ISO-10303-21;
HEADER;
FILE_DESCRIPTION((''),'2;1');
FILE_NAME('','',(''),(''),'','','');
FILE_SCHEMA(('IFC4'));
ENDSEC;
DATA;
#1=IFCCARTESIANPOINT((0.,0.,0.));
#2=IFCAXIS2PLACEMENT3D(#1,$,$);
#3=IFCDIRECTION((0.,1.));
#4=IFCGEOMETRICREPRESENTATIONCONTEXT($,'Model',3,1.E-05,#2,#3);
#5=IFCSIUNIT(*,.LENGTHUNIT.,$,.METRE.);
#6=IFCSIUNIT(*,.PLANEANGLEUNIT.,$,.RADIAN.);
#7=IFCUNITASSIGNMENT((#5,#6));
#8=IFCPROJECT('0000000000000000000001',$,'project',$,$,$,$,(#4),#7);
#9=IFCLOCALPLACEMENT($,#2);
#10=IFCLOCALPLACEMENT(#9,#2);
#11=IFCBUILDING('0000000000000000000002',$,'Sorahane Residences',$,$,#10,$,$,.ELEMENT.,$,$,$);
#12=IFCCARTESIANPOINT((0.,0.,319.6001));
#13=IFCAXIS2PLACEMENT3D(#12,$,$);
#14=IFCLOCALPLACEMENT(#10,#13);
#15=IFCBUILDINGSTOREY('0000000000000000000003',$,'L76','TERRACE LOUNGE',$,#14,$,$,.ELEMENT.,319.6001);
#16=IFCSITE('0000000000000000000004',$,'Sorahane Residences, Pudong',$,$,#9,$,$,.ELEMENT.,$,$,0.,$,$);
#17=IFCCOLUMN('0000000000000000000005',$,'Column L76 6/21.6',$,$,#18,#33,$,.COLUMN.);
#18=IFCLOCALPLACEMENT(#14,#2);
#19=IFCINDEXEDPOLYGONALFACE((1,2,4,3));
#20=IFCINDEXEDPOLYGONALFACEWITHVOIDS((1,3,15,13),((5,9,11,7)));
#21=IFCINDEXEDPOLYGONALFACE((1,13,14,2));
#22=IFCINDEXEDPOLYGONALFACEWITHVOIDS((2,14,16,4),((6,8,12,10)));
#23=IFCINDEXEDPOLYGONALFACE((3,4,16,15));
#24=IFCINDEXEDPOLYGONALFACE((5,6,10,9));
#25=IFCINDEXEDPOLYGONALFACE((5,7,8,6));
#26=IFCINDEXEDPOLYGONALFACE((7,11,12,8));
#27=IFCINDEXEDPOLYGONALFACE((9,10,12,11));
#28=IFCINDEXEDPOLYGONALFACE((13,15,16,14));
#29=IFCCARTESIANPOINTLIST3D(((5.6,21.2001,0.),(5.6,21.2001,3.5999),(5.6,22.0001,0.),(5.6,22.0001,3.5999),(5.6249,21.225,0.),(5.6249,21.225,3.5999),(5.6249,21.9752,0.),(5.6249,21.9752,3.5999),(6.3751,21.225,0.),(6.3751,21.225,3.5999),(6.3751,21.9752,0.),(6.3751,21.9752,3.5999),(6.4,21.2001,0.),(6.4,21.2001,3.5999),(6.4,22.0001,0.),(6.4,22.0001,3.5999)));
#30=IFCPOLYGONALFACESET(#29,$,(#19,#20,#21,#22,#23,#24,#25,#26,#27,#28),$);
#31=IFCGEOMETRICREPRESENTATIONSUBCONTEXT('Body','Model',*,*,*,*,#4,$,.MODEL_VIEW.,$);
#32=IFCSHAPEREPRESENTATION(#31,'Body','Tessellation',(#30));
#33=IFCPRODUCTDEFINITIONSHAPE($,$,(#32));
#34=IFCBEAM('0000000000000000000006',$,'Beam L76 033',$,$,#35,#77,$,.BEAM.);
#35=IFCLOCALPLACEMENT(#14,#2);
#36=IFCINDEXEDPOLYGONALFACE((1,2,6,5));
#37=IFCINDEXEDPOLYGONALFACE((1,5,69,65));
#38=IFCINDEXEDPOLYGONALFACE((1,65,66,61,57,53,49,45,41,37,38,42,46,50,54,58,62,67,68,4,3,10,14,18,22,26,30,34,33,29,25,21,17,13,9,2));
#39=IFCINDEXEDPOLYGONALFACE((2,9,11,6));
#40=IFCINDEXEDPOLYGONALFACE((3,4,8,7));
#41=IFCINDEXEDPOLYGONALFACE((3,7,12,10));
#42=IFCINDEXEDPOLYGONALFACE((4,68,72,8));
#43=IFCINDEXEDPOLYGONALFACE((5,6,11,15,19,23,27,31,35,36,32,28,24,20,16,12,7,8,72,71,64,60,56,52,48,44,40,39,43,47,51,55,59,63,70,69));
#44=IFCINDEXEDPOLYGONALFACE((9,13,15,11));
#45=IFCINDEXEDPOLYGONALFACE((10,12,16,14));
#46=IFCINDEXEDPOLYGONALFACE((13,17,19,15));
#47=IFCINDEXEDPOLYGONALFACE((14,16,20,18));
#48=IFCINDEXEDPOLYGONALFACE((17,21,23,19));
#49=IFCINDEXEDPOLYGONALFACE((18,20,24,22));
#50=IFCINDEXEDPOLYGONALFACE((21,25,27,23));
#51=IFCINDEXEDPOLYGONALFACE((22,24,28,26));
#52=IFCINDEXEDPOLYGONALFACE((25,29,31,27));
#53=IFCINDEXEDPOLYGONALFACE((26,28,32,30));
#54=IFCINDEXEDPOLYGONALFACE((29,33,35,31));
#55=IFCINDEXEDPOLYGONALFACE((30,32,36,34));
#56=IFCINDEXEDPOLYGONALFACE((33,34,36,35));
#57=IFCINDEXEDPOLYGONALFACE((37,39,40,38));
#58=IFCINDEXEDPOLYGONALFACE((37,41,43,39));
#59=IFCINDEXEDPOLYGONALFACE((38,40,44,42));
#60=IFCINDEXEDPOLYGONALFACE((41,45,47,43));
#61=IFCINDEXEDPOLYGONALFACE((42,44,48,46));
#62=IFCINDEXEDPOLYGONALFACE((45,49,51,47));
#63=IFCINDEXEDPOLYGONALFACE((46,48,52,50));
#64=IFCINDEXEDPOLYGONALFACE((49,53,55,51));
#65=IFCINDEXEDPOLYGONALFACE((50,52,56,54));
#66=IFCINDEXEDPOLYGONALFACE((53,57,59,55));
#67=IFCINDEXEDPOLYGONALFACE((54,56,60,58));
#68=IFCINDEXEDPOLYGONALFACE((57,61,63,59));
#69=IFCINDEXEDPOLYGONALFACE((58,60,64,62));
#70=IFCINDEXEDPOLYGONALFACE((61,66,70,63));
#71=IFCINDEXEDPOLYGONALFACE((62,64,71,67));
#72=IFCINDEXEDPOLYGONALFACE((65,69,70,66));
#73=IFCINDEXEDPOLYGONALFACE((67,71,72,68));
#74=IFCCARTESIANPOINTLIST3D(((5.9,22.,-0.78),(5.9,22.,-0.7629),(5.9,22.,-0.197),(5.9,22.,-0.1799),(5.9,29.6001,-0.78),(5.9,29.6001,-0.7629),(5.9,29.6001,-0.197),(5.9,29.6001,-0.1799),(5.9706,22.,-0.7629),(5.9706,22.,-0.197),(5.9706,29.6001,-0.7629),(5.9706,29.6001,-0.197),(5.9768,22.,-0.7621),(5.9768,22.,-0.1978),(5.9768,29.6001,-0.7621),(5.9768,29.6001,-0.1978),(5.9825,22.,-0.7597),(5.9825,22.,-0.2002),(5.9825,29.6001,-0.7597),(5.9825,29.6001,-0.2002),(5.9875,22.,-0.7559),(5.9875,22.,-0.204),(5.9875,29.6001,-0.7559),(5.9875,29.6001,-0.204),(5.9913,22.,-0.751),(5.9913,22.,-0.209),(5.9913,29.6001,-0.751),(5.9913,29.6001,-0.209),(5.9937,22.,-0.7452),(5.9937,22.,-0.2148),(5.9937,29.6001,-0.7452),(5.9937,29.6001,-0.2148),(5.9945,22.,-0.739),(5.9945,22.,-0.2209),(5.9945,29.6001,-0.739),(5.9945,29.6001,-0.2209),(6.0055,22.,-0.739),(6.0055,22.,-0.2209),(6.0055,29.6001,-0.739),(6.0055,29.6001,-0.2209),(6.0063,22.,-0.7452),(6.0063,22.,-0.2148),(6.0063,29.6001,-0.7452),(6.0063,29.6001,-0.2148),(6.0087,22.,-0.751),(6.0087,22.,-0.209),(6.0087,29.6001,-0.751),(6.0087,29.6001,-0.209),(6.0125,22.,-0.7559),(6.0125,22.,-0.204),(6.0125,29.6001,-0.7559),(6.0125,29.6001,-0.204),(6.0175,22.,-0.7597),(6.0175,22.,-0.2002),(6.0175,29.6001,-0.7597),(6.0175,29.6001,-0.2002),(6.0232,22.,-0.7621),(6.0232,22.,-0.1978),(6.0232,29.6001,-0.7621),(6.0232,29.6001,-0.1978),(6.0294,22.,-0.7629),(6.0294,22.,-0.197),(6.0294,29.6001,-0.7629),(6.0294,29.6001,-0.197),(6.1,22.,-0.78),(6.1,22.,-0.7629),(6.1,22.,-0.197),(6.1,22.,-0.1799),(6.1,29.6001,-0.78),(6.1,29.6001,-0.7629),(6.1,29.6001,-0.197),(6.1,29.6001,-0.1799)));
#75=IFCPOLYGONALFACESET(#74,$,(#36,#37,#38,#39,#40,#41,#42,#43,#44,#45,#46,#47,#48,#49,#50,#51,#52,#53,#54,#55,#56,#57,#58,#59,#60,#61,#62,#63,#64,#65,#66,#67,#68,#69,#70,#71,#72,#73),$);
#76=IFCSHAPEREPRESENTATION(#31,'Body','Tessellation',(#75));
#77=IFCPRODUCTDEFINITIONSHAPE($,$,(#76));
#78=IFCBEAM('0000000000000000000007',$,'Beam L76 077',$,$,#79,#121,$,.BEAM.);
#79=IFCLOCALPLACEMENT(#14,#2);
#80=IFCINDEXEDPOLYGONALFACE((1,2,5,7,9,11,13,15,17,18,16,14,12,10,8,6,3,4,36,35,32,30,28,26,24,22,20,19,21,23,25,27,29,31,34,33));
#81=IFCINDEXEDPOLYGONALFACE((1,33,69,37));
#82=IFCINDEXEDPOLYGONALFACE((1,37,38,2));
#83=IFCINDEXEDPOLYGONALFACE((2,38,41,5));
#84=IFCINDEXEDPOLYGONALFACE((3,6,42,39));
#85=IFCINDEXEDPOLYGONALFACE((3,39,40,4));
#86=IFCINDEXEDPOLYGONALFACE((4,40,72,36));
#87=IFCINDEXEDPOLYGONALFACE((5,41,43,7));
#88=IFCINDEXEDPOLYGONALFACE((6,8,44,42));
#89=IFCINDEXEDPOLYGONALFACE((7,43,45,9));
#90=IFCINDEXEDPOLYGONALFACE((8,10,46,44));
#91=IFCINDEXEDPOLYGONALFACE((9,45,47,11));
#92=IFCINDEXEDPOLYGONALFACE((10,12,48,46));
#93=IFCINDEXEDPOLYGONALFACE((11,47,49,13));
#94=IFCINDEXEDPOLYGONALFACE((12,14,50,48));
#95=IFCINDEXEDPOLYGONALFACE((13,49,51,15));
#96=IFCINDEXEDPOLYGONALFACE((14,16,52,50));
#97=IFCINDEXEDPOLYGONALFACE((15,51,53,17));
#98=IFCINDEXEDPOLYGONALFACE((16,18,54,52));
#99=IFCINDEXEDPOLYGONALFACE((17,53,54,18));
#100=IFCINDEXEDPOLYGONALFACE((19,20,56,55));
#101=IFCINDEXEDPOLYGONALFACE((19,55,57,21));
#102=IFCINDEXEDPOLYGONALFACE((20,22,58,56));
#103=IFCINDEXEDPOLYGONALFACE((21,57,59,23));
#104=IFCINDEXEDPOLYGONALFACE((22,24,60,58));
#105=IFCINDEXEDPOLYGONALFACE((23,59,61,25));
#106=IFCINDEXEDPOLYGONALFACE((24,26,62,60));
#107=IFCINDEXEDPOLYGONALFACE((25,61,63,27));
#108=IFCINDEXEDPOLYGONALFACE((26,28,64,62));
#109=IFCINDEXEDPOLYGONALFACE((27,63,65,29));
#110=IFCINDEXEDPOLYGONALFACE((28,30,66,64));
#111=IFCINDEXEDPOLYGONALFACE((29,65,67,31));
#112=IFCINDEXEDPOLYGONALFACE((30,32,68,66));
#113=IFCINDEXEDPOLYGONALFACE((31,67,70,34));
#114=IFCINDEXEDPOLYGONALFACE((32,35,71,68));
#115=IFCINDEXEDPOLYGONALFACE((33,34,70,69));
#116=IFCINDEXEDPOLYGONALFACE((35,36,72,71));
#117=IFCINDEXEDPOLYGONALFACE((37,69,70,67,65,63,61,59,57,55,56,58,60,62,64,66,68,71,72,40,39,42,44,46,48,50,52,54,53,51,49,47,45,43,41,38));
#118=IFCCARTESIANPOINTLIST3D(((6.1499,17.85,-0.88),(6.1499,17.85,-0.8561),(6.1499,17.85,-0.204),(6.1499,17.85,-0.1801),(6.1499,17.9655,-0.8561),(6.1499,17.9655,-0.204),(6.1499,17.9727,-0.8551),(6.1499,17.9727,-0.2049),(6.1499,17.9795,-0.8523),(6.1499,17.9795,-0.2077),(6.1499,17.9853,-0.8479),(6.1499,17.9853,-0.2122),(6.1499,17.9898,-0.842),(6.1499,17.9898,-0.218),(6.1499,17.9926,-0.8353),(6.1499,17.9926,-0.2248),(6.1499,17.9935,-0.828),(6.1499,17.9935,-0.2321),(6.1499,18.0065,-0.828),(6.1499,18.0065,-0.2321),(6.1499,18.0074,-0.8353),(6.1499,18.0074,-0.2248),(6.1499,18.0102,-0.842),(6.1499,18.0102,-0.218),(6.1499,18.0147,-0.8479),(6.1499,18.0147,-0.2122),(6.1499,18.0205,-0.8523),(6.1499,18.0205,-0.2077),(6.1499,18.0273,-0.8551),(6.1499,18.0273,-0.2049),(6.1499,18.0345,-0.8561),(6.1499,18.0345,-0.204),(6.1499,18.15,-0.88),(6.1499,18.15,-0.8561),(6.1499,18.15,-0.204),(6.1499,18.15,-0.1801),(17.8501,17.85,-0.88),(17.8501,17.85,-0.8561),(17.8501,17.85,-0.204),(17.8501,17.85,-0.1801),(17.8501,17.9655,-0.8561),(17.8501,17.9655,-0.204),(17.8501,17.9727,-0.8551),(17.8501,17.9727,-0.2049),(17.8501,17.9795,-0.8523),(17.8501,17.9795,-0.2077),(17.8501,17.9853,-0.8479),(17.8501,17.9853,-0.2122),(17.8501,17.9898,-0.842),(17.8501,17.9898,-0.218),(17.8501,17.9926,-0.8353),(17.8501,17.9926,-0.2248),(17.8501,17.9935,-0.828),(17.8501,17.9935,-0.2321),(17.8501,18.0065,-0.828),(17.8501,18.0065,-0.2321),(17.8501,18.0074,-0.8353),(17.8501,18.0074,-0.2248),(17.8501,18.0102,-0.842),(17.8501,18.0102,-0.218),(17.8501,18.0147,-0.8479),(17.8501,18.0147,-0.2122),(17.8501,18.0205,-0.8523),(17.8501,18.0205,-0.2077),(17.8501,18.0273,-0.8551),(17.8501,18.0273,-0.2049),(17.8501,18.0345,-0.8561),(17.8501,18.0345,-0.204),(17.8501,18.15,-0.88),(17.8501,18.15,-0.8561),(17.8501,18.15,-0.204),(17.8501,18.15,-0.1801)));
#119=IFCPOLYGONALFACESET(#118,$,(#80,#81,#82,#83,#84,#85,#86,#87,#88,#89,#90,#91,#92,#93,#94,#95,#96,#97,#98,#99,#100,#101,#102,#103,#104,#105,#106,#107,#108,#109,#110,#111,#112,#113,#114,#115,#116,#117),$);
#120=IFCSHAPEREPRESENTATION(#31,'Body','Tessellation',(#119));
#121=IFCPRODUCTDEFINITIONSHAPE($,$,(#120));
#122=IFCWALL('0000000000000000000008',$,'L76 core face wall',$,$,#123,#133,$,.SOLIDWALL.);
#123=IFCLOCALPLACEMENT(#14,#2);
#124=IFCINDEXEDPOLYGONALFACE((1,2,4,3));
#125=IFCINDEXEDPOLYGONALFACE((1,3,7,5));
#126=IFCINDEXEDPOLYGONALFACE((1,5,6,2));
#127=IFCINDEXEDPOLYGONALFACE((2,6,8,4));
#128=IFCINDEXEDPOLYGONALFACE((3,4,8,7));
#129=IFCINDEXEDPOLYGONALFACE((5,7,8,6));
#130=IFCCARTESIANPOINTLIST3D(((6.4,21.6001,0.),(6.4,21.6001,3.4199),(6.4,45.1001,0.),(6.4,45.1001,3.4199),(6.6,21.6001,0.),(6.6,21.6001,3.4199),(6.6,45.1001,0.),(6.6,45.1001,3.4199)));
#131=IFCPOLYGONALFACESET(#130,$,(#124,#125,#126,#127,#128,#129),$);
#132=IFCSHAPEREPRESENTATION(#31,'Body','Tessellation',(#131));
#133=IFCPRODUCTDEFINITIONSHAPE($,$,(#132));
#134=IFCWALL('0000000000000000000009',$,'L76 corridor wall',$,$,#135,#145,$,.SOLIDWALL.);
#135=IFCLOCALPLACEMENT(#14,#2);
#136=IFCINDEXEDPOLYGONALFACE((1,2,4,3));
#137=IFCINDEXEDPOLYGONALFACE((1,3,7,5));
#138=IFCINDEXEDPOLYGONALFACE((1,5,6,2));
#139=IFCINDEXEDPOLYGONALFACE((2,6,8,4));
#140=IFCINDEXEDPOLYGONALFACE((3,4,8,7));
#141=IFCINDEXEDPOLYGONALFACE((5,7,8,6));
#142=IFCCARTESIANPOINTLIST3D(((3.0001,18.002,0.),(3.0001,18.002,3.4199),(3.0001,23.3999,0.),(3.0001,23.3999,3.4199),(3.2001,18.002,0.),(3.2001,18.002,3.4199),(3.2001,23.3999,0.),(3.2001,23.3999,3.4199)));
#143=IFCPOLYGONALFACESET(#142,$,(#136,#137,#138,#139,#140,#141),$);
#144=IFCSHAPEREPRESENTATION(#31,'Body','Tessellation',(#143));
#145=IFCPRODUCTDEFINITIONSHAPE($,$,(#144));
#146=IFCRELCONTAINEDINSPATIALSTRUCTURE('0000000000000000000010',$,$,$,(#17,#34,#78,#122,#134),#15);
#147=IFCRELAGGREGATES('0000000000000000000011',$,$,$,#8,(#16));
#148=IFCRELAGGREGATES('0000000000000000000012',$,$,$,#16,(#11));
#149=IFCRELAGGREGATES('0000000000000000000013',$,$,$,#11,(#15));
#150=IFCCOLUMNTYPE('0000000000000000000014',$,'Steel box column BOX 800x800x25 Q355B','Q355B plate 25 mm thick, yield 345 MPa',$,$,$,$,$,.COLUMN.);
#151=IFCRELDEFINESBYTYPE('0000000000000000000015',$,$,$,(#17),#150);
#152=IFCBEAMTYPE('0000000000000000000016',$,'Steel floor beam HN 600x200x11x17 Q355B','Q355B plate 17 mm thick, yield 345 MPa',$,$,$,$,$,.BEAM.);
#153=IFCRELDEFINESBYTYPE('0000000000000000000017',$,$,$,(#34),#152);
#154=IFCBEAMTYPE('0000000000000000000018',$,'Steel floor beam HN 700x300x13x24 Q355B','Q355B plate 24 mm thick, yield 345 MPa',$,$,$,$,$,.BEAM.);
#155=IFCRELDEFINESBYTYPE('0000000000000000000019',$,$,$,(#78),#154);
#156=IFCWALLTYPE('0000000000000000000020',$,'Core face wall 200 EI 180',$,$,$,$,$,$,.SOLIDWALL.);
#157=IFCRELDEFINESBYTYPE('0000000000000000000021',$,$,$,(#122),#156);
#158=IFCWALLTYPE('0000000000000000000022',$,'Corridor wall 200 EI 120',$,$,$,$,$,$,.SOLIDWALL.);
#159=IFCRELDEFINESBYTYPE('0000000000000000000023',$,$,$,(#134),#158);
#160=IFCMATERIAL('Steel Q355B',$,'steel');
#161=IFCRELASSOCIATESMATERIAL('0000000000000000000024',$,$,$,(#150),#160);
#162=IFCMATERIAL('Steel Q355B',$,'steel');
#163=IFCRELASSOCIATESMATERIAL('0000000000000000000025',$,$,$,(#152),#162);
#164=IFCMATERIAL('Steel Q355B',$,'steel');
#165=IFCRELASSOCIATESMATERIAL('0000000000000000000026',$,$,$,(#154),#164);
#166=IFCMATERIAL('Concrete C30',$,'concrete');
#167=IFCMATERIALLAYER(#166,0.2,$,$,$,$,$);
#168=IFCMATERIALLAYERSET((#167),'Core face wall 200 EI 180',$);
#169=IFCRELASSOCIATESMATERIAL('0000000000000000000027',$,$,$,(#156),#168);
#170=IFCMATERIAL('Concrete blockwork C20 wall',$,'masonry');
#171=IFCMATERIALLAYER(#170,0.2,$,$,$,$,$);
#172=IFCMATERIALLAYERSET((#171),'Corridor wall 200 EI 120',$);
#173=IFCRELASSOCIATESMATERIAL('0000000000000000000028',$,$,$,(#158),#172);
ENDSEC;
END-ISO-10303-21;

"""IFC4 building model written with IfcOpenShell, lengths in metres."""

from ifc_helpers import new_model, si_unit, direction, frame, frame_2d, origin, origin_2d, place, context, subcontext, project, spatial, rectangle, hollow_rectangle, i_section, extrude, material, layer, layer_set, material_profile, profile_set, type_object, element, save


model = new_model("IFC4")

# Units and contexts
model_context = context("Model", 3, precision=1e-05, world=origin(), true_north=direction((0.0, 1.0)))
body_context = subcontext(model_context, "Body", "Model", "MODEL_VIEW")
ifc_project = project(units=[si_unit("LENGTHUNIT", "METRE"), si_unit("PLANEANGLEUNIT", "RADIAN")], contexts=[model_context])

# Site, building, storey
site_placement = place(None, origin())
site = spatial("IfcSite", under=ifc_project, at=site_placement, Name="Sorahane Residences, Pudong", CompositionType="ELEMENT", RefElevation=0.0)
building_placement = place(site_placement, origin())
building = spatial("IfcBuilding", under=site, at=building_placement, Name="Sorahane Residences", CompositionType="ELEMENT")
storey_placement = place(building_placement, frame((0.0, 0.0, 319.6001)))
storey = spatial("IfcBuildingStorey", under=building, at=storey_placement, Name="L76", Description="TERRACE LOUNGE", CompositionType="ELEMENT", Elevation=319.6001)

# Column
ifc_material_1 = material(Name="Steel Q355B", Category="steel")
ifc_material_profile_1 = material_profile(ifc_material_1, hollow_rectangle(XDim=0.8, YDim=0.8, WallThickness=0.0249, at=origin_2d()), Name="BOX 800x800x25")
ifc_profile_set_1 = profile_set([ifc_material_profile_1], Name="Steel Q355B")
column_type = type_object("IfcColumnType", Name="Steel box column BOX 800x800x25 Q355B", Description="Q355B plate 25 mm thick, yield 345 MPa", PredefinedType="COLUMN", material=ifc_profile_set_1)
column_placement = place(storey_placement, frame((6.0, 21.6001, 0.0), z_axis=(0.0, 0.0, 1.0), x_axis=(1.0, 0.0, 0.0)))
element("IfcColumn", 1, at=column_placement, inside=storey, type_object=column_type, Name="Column L76 6/21.6", PredefinedType="COLUMN", context=body_context, shape_type="SweptSolid", body=[
    extrude(hollow_rectangle(XDim=0.8, YDim=0.8, WallThickness=0.0249, at=origin_2d()), origin(), (0.0, 0.0, 1.0), 3.5999),
])

# Beams
ifc_material_2 = material(Name="Steel Q355B", Category="steel")
ifc_material_profile_2 = material_profile(ifc_material_2, i_section(OverallWidth=0.2, OverallDepth=0.6001, WebThickness=0.011, FlangeThickness=0.0171, FilletRadius=0.0239, at=origin_2d()), Name="HN 600x200x11x17")
ifc_profile_set_2 = profile_set([ifc_material_profile_2], Name="Steel Q355B")
beam_type_1 = type_object("IfcBeamType", Name="Steel floor beam HN 600x200x11x17 Q355B", Description="Q355B plate 17 mm thick, yield 345 MPa", PredefinedType="BEAM", material=ifc_profile_set_2)
beam_1_placement = place(storey_placement, frame((6.0, 22.0, -0.48), z_axis=(0.0, 1.0, 0.0), x_axis=(-1.0, 0.0, 0.0)))
element("IfcBeam", 2, at=beam_1_placement, inside=storey, type_object=beam_type_1, Name="Beam L76 033", PredefinedType="BEAM", context=body_context, shape_type="SweptSolid", body=[
    extrude(i_section(OverallWidth=0.2, OverallDepth=0.6001, WebThickness=0.011, FlangeThickness=0.0171, FilletRadius=0.0239, at=origin_2d()), origin(), (0.0, 0.0, 1.0), 7.6001),
])
ifc_material_3 = material(Name="Steel Q355B", Category="steel")
ifc_material_profile_3 = material_profile(ifc_material_3, i_section(OverallWidth=0.3, OverallDepth=0.7, WebThickness=0.0129, FlangeThickness=0.0239, FilletRadius=0.0281, at=origin_2d()), Name="HN 700x300x13x24")
ifc_profile_set_3 = profile_set([ifc_material_profile_3], Name="Steel Q355B")
beam_type_2 = type_object("IfcBeamType", Name="Steel floor beam HN 700x300x13x24 Q355B", Description="Q355B plate 24 mm thick, yield 345 MPa", PredefinedType="BEAM", material=ifc_profile_set_3)
beam_2_placement = place(storey_placement, frame((6.1499, 18.0, -0.53), z_axis=(1.0, 0.0, 0.0), x_axis=(0.0, 1.0, 0.0)))
element("IfcBeam", 3, at=beam_2_placement, inside=storey, type_object=beam_type_2, Name="Beam L76 077", PredefinedType="BEAM", context=body_context, shape_type="SweptSolid", body=[
    extrude(i_section(OverallWidth=0.3, OverallDepth=0.7, WebThickness=0.0129, FlangeThickness=0.0239, FilletRadius=0.0281, at=origin_2d()), origin(), (0.0, 0.0, 1.0), 11.7002),
])

# Walls
ifc_material_4 = material(Name="Concrete C30", Category="concrete")
ifc_layer_1 = layer(ifc_material_4, 0.2)
ifc_layer_set_1 = layer_set([ifc_layer_1], Name="Core face wall 200 EI 180")
wall_type_1 = type_object("IfcWallType", Name="Core face wall 200 EI 180", PredefinedType="SOLIDWALL", material=ifc_layer_set_1)
wall_1_placement = place(storey_placement, frame((6.5, 21.6001, 0.0), z_axis=(0.0, 0.0, 1.0), x_axis=(0.0, 1.0, 0.0)))
element("IfcWall", 4, at=wall_1_placement, inside=storey, type_object=wall_type_1, Name="L76 core face wall", PredefinedType="SOLIDWALL", context=body_context, shape_type="SweptSolid", body=[
    extrude(rectangle(XDim=23.5, YDim=0.2, at=frame_2d((11.75, 0.0))), origin(), (0.0, 0.0, 1.0), 3.4199),
])
ifc_material_5 = material(Name="Concrete blockwork C20 wall", Category="masonry")
ifc_layer_2 = layer(ifc_material_5, 0.2)
ifc_layer_set_2 = layer_set([ifc_layer_2], Name="Corridor wall 200 EI 120")
wall_type_2 = type_object("IfcWallType", Name="Corridor wall 200 EI 120", PredefinedType="SOLIDWALL", material=ifc_layer_set_2)
wall_2_placement = place(storey_placement, frame((3.1001, 18.002, 0.0), z_axis=(0.0, 0.0, 1.0), x_axis=(0.0, 1.0, 0.0)))
element("IfcWall", 5, at=wall_2_placement, inside=storey, type_object=wall_type_2, Name="L76 corridor wall", PredefinedType="SOLIDWALL", context=body_context, shape_type="SweptSolid", body=[
    extrude(rectangle(XDim=5.3979, YDim=0.2, at=frame_2d((2.699, 0.0))), origin(), (0.0, 0.0, 1.0), 3.4199),
])

save(model, "model.ifc")
